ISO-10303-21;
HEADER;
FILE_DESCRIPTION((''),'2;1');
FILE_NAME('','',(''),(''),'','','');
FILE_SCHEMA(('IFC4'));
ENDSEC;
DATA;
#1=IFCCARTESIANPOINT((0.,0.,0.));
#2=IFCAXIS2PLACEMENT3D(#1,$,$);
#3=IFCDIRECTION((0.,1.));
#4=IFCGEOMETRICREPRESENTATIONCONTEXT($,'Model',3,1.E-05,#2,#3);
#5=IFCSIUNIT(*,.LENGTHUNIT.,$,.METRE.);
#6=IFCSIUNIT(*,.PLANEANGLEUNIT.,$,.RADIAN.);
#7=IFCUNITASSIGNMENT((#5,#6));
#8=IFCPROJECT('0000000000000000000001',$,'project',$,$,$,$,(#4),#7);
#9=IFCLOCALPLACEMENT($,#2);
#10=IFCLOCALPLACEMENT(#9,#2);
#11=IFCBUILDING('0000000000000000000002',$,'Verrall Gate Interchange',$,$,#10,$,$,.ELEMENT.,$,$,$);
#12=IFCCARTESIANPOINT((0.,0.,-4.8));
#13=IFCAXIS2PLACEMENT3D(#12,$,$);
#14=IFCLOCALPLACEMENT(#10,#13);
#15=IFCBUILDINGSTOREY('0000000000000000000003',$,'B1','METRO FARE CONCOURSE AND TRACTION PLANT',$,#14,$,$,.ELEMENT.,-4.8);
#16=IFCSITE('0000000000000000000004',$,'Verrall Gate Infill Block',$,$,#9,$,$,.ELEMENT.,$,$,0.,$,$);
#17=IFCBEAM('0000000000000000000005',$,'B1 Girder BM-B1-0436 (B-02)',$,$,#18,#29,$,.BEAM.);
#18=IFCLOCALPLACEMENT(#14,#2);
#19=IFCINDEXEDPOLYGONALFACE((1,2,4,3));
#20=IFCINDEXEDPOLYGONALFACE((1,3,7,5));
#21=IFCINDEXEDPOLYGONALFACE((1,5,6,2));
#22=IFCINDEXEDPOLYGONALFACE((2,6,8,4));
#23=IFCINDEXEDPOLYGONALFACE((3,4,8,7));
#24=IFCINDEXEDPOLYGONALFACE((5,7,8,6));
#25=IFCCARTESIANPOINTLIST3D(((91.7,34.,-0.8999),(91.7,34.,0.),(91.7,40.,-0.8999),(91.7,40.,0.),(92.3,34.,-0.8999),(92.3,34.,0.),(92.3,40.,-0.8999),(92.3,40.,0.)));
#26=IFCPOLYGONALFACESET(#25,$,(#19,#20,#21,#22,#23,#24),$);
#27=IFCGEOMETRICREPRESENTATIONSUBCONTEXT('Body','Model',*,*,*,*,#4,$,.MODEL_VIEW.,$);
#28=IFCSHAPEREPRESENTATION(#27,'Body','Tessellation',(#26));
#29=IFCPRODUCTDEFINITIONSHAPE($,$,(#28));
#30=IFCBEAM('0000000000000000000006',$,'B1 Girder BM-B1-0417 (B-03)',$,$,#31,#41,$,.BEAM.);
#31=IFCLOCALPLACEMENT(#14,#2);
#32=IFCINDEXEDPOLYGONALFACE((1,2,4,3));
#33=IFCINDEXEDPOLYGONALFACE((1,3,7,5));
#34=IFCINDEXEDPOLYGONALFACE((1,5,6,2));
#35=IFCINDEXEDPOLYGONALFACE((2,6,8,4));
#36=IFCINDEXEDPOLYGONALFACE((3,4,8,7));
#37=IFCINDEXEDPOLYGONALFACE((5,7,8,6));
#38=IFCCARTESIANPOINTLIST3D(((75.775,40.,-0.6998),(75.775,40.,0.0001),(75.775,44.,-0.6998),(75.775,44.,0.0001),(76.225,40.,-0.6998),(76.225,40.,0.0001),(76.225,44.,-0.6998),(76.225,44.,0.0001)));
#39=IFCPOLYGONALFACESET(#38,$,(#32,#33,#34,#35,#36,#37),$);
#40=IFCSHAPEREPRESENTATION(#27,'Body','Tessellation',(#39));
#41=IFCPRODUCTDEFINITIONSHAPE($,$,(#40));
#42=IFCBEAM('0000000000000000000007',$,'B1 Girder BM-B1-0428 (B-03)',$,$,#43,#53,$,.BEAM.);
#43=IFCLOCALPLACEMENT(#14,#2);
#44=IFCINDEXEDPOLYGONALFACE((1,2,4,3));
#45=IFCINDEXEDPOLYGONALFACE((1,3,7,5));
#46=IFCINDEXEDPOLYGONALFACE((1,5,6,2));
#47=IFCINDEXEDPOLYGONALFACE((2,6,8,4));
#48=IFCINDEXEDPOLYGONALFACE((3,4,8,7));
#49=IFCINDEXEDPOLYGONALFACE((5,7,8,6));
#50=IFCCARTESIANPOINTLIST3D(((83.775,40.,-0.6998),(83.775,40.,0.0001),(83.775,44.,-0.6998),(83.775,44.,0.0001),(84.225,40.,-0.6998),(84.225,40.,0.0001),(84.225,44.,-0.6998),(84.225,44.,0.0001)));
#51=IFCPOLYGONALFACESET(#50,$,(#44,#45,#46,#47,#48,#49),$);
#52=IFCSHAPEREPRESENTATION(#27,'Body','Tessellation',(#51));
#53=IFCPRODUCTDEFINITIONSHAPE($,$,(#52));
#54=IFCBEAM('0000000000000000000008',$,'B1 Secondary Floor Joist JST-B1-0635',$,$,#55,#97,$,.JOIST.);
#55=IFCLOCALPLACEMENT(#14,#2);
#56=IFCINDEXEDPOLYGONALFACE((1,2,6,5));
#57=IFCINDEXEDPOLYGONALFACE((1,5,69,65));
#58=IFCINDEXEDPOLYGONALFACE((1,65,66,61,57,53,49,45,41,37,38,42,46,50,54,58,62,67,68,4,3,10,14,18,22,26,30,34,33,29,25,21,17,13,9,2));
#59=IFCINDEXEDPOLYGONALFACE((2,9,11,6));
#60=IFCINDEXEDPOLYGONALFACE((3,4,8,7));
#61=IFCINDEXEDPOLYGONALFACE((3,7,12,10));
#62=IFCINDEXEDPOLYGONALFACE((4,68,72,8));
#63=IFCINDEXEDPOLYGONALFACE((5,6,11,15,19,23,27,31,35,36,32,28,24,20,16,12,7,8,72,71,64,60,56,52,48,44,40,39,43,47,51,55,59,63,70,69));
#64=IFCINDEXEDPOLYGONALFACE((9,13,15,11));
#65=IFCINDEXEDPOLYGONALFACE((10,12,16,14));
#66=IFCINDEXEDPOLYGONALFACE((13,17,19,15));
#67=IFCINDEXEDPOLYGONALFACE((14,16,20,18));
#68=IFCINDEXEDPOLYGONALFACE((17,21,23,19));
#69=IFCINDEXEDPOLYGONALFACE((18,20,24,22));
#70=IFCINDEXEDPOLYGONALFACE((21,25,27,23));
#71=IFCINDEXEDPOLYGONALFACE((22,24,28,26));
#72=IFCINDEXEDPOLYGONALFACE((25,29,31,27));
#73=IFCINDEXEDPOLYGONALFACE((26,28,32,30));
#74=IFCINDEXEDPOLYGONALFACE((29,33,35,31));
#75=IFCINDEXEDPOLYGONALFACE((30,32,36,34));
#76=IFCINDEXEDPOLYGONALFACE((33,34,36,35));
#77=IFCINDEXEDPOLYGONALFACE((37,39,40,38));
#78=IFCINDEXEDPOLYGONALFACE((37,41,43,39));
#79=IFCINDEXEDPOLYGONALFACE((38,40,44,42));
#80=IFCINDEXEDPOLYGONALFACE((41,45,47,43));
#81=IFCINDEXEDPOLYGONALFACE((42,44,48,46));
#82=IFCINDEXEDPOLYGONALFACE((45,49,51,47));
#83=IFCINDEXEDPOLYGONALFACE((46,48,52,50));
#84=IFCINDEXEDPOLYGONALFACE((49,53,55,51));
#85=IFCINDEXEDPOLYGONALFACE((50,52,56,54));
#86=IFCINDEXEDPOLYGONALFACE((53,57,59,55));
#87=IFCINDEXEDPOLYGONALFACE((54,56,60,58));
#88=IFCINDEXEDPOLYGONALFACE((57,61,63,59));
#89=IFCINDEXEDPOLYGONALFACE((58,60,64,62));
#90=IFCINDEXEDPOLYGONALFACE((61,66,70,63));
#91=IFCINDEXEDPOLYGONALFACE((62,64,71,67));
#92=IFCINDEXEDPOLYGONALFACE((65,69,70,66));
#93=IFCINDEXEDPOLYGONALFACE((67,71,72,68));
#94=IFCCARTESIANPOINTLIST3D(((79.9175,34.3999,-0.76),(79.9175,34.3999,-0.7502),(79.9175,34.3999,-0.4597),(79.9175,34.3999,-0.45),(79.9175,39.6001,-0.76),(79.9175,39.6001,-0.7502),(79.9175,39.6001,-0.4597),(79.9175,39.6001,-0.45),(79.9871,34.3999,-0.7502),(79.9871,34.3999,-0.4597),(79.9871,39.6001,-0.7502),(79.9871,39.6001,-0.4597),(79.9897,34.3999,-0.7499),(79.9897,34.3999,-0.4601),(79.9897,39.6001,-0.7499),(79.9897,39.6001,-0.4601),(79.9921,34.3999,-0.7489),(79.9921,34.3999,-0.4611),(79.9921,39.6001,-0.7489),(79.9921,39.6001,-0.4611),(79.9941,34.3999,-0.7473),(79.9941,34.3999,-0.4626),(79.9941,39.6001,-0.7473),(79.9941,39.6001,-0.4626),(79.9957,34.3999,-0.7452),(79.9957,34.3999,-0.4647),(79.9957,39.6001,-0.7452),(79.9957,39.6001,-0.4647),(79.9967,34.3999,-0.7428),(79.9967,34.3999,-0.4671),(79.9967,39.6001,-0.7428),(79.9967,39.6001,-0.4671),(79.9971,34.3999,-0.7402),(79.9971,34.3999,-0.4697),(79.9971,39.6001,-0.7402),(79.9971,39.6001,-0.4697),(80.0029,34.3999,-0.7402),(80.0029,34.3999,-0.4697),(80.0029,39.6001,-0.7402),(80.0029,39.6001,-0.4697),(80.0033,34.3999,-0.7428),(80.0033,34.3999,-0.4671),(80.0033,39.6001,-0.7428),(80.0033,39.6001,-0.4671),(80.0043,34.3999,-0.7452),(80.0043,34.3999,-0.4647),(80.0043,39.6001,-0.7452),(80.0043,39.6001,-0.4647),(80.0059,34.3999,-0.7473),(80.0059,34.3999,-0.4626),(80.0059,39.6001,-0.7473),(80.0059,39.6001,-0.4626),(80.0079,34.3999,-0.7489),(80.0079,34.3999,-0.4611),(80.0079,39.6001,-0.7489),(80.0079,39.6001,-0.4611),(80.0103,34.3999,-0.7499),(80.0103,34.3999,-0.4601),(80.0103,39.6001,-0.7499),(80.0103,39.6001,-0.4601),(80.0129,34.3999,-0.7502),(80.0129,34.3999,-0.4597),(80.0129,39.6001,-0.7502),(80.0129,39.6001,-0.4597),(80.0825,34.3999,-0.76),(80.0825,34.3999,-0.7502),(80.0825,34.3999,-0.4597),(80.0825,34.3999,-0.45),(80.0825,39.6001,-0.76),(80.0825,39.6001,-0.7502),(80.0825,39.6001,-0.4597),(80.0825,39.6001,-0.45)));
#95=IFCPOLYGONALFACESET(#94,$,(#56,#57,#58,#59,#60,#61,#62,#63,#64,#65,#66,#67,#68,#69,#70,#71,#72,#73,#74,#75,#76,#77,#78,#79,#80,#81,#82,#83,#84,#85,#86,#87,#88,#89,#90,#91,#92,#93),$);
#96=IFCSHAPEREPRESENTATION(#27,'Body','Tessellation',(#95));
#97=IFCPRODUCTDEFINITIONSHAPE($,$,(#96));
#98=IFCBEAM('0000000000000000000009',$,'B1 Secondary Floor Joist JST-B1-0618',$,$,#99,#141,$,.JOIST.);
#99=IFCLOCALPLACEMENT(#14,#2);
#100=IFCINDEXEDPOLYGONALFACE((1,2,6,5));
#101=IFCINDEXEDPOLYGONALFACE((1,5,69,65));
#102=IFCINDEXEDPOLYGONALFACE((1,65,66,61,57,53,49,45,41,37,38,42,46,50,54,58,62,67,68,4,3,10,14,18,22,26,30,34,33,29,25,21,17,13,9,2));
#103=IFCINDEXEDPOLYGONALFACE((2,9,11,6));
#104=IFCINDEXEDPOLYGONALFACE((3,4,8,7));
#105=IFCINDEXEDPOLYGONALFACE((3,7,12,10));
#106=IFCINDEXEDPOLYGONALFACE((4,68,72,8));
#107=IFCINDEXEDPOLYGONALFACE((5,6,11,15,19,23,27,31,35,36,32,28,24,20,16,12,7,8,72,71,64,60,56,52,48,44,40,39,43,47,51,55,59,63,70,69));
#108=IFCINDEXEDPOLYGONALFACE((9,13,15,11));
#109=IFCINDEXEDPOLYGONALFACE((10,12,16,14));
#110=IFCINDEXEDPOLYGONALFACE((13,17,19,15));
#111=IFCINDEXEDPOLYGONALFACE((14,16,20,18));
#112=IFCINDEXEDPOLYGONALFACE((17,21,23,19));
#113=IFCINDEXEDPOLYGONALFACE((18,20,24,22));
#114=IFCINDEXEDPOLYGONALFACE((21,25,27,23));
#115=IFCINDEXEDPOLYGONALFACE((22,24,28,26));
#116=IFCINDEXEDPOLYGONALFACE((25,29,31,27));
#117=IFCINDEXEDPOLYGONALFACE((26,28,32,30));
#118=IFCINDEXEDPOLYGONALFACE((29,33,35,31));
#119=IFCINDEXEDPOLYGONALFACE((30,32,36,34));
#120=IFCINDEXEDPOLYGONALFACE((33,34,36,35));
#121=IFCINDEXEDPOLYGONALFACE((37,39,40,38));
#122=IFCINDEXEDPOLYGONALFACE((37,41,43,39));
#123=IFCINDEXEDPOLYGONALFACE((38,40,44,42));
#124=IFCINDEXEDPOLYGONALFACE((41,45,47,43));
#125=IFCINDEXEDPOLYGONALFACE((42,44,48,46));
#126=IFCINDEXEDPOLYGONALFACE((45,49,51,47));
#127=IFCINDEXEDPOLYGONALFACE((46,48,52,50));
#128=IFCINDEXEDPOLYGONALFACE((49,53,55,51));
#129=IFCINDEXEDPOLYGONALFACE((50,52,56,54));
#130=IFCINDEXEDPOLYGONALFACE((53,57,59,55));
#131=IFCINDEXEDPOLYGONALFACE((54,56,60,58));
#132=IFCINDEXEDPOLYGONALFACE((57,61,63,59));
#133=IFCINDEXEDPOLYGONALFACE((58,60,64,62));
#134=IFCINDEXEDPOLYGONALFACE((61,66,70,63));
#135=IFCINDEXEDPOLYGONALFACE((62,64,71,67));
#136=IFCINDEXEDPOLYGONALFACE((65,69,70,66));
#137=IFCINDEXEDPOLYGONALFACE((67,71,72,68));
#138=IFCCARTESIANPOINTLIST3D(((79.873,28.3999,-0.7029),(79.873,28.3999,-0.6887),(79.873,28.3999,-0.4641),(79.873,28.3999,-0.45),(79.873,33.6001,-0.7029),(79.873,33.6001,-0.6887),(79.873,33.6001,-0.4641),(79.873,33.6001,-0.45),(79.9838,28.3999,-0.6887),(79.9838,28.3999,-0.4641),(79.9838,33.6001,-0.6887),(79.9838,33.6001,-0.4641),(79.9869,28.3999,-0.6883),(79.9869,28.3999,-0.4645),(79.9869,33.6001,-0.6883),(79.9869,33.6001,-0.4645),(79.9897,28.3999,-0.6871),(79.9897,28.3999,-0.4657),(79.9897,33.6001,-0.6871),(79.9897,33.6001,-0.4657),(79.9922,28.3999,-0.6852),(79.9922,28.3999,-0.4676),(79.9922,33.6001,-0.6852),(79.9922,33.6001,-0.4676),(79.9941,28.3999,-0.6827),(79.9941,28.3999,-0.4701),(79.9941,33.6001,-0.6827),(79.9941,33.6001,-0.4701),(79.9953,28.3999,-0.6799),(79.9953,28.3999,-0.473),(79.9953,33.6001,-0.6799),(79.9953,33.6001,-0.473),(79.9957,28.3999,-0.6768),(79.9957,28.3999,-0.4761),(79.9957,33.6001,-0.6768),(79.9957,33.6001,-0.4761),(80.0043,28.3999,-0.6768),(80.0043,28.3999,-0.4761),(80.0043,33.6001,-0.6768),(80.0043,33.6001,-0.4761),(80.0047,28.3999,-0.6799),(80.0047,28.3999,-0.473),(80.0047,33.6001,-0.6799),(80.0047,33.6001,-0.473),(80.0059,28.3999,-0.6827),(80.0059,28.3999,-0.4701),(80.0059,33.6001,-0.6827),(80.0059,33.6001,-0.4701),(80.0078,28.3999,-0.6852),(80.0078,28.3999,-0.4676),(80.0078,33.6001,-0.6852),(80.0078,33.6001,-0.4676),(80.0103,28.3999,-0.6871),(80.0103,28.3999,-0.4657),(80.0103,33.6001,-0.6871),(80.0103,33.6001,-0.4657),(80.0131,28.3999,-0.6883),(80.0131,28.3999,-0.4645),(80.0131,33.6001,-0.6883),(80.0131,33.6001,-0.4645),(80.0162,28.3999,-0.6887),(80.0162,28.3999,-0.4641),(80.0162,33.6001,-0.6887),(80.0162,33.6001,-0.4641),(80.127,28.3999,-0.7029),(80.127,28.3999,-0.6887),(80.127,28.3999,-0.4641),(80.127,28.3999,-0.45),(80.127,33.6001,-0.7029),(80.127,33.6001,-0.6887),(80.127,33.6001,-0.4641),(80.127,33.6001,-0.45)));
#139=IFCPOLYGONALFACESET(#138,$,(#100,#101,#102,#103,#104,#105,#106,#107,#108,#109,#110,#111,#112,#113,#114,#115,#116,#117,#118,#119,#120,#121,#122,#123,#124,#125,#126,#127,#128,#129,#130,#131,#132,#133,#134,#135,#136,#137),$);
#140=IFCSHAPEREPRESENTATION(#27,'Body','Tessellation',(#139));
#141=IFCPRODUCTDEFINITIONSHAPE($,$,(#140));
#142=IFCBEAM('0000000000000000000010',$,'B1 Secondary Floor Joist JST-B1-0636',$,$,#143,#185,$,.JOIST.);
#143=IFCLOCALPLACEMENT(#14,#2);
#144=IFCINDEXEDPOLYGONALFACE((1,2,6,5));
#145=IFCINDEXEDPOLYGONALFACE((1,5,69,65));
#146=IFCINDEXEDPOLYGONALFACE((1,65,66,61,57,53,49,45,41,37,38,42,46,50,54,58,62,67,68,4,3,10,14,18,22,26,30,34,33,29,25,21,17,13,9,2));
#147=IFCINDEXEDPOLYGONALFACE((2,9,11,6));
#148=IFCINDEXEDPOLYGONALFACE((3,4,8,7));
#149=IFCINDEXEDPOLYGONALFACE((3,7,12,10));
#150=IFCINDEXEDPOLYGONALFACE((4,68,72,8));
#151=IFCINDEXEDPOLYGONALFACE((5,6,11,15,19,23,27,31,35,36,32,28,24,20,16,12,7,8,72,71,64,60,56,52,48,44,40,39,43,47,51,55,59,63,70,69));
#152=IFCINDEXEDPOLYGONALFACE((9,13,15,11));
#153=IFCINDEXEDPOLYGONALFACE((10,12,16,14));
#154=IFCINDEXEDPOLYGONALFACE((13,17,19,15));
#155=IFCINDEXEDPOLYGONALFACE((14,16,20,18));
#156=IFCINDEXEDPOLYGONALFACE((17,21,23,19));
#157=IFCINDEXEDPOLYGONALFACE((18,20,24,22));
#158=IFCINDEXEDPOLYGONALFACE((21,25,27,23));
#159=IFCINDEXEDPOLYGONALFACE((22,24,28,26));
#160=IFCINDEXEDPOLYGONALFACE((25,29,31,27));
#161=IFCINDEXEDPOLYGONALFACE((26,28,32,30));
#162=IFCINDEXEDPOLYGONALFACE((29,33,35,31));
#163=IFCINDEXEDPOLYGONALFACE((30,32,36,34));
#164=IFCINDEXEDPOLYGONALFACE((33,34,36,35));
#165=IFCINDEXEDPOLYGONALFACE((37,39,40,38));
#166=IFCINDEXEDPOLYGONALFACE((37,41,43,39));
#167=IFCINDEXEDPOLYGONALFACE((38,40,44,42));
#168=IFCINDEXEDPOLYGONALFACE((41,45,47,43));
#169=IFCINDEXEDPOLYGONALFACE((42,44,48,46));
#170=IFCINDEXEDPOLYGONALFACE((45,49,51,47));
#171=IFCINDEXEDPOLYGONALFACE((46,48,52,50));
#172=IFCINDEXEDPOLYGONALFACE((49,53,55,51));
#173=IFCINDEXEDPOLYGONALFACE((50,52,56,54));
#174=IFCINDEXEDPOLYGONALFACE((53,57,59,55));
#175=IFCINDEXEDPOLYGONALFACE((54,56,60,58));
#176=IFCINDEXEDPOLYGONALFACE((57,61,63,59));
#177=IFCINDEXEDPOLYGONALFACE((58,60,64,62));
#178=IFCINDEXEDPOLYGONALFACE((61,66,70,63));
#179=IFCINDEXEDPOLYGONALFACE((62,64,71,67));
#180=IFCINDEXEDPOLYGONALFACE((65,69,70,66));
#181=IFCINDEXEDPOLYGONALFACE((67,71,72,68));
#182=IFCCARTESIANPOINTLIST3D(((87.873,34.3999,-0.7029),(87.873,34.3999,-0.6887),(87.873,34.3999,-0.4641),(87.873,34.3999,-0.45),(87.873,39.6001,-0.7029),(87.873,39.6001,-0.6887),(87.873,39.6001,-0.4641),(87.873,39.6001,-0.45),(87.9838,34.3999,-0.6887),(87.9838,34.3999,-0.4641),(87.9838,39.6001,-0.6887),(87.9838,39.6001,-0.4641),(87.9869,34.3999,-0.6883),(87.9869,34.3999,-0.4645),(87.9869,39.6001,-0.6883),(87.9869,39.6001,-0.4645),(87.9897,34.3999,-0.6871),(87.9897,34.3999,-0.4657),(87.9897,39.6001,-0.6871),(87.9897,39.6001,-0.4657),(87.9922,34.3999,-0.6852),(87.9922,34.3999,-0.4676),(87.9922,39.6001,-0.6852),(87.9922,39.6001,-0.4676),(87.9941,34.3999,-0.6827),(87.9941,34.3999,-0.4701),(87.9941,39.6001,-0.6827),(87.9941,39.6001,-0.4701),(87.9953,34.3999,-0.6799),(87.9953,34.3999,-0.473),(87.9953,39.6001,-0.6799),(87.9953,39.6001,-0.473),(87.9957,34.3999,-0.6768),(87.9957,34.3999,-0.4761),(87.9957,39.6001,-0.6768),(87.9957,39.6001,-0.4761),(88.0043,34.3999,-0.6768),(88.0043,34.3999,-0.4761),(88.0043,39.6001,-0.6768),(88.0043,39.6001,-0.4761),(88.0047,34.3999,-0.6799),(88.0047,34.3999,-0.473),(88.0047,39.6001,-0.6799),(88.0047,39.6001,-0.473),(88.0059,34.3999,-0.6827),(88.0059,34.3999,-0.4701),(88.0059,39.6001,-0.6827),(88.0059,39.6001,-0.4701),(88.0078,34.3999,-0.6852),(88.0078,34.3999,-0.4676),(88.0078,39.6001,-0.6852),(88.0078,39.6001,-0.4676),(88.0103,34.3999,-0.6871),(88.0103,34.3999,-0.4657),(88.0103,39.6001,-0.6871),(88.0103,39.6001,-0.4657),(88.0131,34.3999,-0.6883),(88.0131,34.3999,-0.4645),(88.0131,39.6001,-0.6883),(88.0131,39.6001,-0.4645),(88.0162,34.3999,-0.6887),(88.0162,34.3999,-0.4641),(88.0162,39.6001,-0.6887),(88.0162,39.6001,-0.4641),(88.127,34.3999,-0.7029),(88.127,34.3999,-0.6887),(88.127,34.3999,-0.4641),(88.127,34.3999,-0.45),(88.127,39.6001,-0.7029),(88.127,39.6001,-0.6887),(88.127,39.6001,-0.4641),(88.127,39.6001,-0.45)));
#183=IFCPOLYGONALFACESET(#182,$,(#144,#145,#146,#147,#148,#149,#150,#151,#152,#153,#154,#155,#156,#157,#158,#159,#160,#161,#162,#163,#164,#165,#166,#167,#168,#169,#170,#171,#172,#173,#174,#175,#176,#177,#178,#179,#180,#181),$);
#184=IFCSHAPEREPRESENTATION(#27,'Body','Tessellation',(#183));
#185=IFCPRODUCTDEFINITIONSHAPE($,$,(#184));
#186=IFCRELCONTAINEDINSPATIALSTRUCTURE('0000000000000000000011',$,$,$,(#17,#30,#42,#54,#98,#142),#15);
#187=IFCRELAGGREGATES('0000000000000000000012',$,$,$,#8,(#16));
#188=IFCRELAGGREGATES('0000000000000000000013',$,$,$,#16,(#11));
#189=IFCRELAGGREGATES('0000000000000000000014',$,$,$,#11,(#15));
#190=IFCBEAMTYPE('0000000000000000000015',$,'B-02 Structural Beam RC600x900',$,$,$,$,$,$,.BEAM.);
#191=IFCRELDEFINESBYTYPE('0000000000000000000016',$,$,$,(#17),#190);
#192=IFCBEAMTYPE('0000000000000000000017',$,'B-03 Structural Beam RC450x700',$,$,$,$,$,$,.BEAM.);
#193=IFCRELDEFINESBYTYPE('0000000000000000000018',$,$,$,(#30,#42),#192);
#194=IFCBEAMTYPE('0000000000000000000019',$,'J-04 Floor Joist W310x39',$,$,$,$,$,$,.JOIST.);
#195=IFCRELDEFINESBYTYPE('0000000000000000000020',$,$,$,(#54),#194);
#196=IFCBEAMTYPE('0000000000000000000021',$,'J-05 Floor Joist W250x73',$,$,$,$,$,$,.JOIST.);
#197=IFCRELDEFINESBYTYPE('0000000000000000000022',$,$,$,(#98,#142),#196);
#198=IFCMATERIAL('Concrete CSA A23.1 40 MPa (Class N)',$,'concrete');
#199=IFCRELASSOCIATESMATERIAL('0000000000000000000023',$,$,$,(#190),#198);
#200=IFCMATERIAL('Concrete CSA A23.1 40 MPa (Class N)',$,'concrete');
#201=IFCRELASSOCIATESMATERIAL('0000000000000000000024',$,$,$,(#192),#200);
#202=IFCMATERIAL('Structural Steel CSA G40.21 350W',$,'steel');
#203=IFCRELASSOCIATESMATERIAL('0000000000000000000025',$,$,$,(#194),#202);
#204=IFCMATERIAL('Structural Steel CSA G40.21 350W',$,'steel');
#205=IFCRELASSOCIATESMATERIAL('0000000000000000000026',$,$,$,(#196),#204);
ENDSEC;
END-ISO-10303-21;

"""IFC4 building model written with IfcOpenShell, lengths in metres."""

from ifc_helpers import new_model, si_unit, direction, frame, origin, origin_2d, place, context, subcontext, project, spatial, rectangle, i_section, extrude, material, material_profile, profile_set, type_object, element, save


model = new_model("IFC4")

# Units and contexts
model_context = context("Model", 3, precision=1e-05, world=origin(), true_north=direction((0.0, 1.0)))
body_context = subcontext(model_context, "Body", "Model", "MODEL_VIEW")
ifc_project = project(units=[si_unit("LENGTHUNIT", "METRE"), si_unit("PLANEANGLEUNIT", "RADIAN")], contexts=[model_context])

# Site, building, storey
site_placement = place(None, origin())
site = spatial("IfcSite", under=ifc_project, at=site_placement, Name="Verrall Gate Infill Block", CompositionType="ELEMENT", RefElevation=0.0)
building_placement = place(site_placement, origin())
building = spatial("IfcBuilding", under=site, at=building_placement, Name="Verrall Gate Interchange", CompositionType="ELEMENT")
storey_placement = place(building_placement, frame((0.0, 0.0, -4.8)))
storey = spatial("IfcBuildingStorey", under=building, at=storey_placement, Name="B1", Description="METRO FARE CONCOURSE AND TRACTION PLANT", CompositionType="ELEMENT", Elevation=-4.8)

# Beams
ifc_material_1 = material(Name="Concrete CSA A23.1 40 MPa (Class N)", Category="concrete")
ifc_material_profile_1 = material_profile(ifc_material_1, rectangle(XDim=0.6001, YDim=0.8999, at=origin_2d()), Name="RC600x900")
ifc_profile_set_1 = profile_set([ifc_material_profile_1], Name="Concrete CSA A23.1 40 MPa (Class N)")
beam_type_1 = type_object("IfcBeamType", Name="B-02 Structural Beam RC600x900", PredefinedType="BEAM", material=ifc_profile_set_1)
for number, where, z_axis, x_axis, name in (
    (1, (92.0, 34.0, -0.45), (0.0, 1.0, 0.0), (-1.0, 0.0, 0.0), "B1 Girder BM-B1-0436 (B-02)"),
):
    element("IfcBeam", number, at=place(storey_placement, frame(where, z_axis=z_axis, x_axis=x_axis)), inside=storey, type_object=beam_type_1, Name=name, PredefinedType="BEAM", context=body_context, shape_type="SweptSolid", body=[
        extrude(rectangle(XDim=0.6001, YDim=0.8999, at=origin_2d()), origin(), (0.0, 0.0, 1.0), 6.0),
    ])
ifc_material_2 = material(Name="Concrete CSA A23.1 40 MPa (Class N)", Category="concrete")
ifc_material_profile_2 = material_profile(ifc_material_2, rectangle(XDim=0.45, YDim=0.7, at=origin_2d()), Name="RC450x700")
ifc_profile_set_2 = profile_set([ifc_material_profile_2], Name="Concrete CSA A23.1 40 MPa (Class N)")
beam_type_2 = type_object("IfcBeamType", Name="B-03 Structural Beam RC450x700", PredefinedType="BEAM", material=ifc_profile_set_2)
for number, where, z_axis, x_axis, name in (
    (2, (76.0, 40.0, -0.3499), (0.0, 1.0, 0.0), (-1.0, 0.0, 0.0), "B1 Girder BM-B1-0417 (B-03)"),
    (3, (84.0, 40.0, -0.3499), (0.0, 1.0, 0.0), (-1.0, 0.0, 0.0), "B1 Girder BM-B1-0428 (B-03)"),
):
    element("IfcBeam", number, at=place(storey_placement, frame(where, z_axis=z_axis, x_axis=x_axis)), inside=storey, type_object=beam_type_2, Name=name, PredefinedType="BEAM", context=body_context, shape_type="SweptSolid", body=[
        extrude(rectangle(XDim=0.45, YDim=0.7, at=origin_2d()), origin(), (0.0, 0.0, 1.0), 4.0),
    ])
ifc_material_3 = material(Name="Structural Steel CSA G40.21 350W", Category="steel")
ifc_material_profile_3 = material_profile(ifc_material_3, i_section(OverallWidth=0.165, OverallDepth=0.3101, WebThickness=0.0059, FlangeThickness=0.0098, FilletRadius=0.01, at=origin_2d()), Name="W310x39")
ifc_profile_set_3 = profile_set([ifc_material_profile_3], Name="Structural Steel CSA G40.21 350W")
beam_type_3 = type_object("IfcBeamType", Name="J-04 Floor Joist W310x39", PredefinedType="JOIST", material=ifc_profile_set_3)
beam_1_placement = place(storey_placement, frame((80.0, 34.3999, -0.605), z_axis=(0.0, 1.0, 0.0), x_axis=(-1.0, 0.0, 0.0)))
element("IfcBeam", 4, at=beam_1_placement, inside=storey, type_object=beam_type_3, Name="B1 Secondary Floor Joist JST-B1-0635", PredefinedType="JOIST", context=body_context, shape_type="SweptSolid", body=[
    extrude(i_section(OverallWidth=0.165, OverallDepth=0.3101, WebThickness=0.0059, FlangeThickness=0.0098, FilletRadius=0.01, at=origin_2d()), origin(), (0.0, 0.0, 1.0), 5.2002),
])
ifc_material_4 = material(Name="Structural Steel CSA G40.21 350W", Category="steel")
ifc_material_profile_4 = material_profile(ifc_material_4, i_section(OverallWidth=0.2539, OverallDepth=0.2529, WebThickness=0.0085, FlangeThickness=0.0142, FilletRadius=0.012, at=origin_2d()), Name="W250x73")
ifc_profile_set_4 = profile_set([ifc_material_profile_4], Name="Structural Steel CSA G40.21 350W")
beam_type_4 = type_object("IfcBeamType", Name="J-05 Floor Joist W250x73", PredefinedType="JOIST", material=ifc_profile_set_4)
for number, where, z_axis, x_axis, name in (
    (5, (80.0, 28.3999, -0.5764), (0.0, 1.0, 0.0), (-1.0, 0.0, 0.0), "B1 Secondary Floor Joist JST-B1-0618"),
    (6, (88.0, 34.3999, -0.5764), (0.0, 1.0, 0.0), (-1.0, 0.0, 0.0), "B1 Secondary Floor Joist JST-B1-0636"),
):
    element("IfcBeam", number, at=place(storey_placement, frame(where, z_axis=z_axis, x_axis=x_axis)), inside=storey, type_object=beam_type_4, Name=name, PredefinedType="JOIST", context=body_context, shape_type="SweptSolid", body=[
        extrude(i_section(OverallWidth=0.2539, OverallDepth=0.2529, WebThickness=0.0085, FlangeThickness=0.0142, FilletRadius=0.012, at=origin_2d()), origin(), (0.0, 0.0, 1.0), 5.2002),
    ])

save(model, "model.ifc")
